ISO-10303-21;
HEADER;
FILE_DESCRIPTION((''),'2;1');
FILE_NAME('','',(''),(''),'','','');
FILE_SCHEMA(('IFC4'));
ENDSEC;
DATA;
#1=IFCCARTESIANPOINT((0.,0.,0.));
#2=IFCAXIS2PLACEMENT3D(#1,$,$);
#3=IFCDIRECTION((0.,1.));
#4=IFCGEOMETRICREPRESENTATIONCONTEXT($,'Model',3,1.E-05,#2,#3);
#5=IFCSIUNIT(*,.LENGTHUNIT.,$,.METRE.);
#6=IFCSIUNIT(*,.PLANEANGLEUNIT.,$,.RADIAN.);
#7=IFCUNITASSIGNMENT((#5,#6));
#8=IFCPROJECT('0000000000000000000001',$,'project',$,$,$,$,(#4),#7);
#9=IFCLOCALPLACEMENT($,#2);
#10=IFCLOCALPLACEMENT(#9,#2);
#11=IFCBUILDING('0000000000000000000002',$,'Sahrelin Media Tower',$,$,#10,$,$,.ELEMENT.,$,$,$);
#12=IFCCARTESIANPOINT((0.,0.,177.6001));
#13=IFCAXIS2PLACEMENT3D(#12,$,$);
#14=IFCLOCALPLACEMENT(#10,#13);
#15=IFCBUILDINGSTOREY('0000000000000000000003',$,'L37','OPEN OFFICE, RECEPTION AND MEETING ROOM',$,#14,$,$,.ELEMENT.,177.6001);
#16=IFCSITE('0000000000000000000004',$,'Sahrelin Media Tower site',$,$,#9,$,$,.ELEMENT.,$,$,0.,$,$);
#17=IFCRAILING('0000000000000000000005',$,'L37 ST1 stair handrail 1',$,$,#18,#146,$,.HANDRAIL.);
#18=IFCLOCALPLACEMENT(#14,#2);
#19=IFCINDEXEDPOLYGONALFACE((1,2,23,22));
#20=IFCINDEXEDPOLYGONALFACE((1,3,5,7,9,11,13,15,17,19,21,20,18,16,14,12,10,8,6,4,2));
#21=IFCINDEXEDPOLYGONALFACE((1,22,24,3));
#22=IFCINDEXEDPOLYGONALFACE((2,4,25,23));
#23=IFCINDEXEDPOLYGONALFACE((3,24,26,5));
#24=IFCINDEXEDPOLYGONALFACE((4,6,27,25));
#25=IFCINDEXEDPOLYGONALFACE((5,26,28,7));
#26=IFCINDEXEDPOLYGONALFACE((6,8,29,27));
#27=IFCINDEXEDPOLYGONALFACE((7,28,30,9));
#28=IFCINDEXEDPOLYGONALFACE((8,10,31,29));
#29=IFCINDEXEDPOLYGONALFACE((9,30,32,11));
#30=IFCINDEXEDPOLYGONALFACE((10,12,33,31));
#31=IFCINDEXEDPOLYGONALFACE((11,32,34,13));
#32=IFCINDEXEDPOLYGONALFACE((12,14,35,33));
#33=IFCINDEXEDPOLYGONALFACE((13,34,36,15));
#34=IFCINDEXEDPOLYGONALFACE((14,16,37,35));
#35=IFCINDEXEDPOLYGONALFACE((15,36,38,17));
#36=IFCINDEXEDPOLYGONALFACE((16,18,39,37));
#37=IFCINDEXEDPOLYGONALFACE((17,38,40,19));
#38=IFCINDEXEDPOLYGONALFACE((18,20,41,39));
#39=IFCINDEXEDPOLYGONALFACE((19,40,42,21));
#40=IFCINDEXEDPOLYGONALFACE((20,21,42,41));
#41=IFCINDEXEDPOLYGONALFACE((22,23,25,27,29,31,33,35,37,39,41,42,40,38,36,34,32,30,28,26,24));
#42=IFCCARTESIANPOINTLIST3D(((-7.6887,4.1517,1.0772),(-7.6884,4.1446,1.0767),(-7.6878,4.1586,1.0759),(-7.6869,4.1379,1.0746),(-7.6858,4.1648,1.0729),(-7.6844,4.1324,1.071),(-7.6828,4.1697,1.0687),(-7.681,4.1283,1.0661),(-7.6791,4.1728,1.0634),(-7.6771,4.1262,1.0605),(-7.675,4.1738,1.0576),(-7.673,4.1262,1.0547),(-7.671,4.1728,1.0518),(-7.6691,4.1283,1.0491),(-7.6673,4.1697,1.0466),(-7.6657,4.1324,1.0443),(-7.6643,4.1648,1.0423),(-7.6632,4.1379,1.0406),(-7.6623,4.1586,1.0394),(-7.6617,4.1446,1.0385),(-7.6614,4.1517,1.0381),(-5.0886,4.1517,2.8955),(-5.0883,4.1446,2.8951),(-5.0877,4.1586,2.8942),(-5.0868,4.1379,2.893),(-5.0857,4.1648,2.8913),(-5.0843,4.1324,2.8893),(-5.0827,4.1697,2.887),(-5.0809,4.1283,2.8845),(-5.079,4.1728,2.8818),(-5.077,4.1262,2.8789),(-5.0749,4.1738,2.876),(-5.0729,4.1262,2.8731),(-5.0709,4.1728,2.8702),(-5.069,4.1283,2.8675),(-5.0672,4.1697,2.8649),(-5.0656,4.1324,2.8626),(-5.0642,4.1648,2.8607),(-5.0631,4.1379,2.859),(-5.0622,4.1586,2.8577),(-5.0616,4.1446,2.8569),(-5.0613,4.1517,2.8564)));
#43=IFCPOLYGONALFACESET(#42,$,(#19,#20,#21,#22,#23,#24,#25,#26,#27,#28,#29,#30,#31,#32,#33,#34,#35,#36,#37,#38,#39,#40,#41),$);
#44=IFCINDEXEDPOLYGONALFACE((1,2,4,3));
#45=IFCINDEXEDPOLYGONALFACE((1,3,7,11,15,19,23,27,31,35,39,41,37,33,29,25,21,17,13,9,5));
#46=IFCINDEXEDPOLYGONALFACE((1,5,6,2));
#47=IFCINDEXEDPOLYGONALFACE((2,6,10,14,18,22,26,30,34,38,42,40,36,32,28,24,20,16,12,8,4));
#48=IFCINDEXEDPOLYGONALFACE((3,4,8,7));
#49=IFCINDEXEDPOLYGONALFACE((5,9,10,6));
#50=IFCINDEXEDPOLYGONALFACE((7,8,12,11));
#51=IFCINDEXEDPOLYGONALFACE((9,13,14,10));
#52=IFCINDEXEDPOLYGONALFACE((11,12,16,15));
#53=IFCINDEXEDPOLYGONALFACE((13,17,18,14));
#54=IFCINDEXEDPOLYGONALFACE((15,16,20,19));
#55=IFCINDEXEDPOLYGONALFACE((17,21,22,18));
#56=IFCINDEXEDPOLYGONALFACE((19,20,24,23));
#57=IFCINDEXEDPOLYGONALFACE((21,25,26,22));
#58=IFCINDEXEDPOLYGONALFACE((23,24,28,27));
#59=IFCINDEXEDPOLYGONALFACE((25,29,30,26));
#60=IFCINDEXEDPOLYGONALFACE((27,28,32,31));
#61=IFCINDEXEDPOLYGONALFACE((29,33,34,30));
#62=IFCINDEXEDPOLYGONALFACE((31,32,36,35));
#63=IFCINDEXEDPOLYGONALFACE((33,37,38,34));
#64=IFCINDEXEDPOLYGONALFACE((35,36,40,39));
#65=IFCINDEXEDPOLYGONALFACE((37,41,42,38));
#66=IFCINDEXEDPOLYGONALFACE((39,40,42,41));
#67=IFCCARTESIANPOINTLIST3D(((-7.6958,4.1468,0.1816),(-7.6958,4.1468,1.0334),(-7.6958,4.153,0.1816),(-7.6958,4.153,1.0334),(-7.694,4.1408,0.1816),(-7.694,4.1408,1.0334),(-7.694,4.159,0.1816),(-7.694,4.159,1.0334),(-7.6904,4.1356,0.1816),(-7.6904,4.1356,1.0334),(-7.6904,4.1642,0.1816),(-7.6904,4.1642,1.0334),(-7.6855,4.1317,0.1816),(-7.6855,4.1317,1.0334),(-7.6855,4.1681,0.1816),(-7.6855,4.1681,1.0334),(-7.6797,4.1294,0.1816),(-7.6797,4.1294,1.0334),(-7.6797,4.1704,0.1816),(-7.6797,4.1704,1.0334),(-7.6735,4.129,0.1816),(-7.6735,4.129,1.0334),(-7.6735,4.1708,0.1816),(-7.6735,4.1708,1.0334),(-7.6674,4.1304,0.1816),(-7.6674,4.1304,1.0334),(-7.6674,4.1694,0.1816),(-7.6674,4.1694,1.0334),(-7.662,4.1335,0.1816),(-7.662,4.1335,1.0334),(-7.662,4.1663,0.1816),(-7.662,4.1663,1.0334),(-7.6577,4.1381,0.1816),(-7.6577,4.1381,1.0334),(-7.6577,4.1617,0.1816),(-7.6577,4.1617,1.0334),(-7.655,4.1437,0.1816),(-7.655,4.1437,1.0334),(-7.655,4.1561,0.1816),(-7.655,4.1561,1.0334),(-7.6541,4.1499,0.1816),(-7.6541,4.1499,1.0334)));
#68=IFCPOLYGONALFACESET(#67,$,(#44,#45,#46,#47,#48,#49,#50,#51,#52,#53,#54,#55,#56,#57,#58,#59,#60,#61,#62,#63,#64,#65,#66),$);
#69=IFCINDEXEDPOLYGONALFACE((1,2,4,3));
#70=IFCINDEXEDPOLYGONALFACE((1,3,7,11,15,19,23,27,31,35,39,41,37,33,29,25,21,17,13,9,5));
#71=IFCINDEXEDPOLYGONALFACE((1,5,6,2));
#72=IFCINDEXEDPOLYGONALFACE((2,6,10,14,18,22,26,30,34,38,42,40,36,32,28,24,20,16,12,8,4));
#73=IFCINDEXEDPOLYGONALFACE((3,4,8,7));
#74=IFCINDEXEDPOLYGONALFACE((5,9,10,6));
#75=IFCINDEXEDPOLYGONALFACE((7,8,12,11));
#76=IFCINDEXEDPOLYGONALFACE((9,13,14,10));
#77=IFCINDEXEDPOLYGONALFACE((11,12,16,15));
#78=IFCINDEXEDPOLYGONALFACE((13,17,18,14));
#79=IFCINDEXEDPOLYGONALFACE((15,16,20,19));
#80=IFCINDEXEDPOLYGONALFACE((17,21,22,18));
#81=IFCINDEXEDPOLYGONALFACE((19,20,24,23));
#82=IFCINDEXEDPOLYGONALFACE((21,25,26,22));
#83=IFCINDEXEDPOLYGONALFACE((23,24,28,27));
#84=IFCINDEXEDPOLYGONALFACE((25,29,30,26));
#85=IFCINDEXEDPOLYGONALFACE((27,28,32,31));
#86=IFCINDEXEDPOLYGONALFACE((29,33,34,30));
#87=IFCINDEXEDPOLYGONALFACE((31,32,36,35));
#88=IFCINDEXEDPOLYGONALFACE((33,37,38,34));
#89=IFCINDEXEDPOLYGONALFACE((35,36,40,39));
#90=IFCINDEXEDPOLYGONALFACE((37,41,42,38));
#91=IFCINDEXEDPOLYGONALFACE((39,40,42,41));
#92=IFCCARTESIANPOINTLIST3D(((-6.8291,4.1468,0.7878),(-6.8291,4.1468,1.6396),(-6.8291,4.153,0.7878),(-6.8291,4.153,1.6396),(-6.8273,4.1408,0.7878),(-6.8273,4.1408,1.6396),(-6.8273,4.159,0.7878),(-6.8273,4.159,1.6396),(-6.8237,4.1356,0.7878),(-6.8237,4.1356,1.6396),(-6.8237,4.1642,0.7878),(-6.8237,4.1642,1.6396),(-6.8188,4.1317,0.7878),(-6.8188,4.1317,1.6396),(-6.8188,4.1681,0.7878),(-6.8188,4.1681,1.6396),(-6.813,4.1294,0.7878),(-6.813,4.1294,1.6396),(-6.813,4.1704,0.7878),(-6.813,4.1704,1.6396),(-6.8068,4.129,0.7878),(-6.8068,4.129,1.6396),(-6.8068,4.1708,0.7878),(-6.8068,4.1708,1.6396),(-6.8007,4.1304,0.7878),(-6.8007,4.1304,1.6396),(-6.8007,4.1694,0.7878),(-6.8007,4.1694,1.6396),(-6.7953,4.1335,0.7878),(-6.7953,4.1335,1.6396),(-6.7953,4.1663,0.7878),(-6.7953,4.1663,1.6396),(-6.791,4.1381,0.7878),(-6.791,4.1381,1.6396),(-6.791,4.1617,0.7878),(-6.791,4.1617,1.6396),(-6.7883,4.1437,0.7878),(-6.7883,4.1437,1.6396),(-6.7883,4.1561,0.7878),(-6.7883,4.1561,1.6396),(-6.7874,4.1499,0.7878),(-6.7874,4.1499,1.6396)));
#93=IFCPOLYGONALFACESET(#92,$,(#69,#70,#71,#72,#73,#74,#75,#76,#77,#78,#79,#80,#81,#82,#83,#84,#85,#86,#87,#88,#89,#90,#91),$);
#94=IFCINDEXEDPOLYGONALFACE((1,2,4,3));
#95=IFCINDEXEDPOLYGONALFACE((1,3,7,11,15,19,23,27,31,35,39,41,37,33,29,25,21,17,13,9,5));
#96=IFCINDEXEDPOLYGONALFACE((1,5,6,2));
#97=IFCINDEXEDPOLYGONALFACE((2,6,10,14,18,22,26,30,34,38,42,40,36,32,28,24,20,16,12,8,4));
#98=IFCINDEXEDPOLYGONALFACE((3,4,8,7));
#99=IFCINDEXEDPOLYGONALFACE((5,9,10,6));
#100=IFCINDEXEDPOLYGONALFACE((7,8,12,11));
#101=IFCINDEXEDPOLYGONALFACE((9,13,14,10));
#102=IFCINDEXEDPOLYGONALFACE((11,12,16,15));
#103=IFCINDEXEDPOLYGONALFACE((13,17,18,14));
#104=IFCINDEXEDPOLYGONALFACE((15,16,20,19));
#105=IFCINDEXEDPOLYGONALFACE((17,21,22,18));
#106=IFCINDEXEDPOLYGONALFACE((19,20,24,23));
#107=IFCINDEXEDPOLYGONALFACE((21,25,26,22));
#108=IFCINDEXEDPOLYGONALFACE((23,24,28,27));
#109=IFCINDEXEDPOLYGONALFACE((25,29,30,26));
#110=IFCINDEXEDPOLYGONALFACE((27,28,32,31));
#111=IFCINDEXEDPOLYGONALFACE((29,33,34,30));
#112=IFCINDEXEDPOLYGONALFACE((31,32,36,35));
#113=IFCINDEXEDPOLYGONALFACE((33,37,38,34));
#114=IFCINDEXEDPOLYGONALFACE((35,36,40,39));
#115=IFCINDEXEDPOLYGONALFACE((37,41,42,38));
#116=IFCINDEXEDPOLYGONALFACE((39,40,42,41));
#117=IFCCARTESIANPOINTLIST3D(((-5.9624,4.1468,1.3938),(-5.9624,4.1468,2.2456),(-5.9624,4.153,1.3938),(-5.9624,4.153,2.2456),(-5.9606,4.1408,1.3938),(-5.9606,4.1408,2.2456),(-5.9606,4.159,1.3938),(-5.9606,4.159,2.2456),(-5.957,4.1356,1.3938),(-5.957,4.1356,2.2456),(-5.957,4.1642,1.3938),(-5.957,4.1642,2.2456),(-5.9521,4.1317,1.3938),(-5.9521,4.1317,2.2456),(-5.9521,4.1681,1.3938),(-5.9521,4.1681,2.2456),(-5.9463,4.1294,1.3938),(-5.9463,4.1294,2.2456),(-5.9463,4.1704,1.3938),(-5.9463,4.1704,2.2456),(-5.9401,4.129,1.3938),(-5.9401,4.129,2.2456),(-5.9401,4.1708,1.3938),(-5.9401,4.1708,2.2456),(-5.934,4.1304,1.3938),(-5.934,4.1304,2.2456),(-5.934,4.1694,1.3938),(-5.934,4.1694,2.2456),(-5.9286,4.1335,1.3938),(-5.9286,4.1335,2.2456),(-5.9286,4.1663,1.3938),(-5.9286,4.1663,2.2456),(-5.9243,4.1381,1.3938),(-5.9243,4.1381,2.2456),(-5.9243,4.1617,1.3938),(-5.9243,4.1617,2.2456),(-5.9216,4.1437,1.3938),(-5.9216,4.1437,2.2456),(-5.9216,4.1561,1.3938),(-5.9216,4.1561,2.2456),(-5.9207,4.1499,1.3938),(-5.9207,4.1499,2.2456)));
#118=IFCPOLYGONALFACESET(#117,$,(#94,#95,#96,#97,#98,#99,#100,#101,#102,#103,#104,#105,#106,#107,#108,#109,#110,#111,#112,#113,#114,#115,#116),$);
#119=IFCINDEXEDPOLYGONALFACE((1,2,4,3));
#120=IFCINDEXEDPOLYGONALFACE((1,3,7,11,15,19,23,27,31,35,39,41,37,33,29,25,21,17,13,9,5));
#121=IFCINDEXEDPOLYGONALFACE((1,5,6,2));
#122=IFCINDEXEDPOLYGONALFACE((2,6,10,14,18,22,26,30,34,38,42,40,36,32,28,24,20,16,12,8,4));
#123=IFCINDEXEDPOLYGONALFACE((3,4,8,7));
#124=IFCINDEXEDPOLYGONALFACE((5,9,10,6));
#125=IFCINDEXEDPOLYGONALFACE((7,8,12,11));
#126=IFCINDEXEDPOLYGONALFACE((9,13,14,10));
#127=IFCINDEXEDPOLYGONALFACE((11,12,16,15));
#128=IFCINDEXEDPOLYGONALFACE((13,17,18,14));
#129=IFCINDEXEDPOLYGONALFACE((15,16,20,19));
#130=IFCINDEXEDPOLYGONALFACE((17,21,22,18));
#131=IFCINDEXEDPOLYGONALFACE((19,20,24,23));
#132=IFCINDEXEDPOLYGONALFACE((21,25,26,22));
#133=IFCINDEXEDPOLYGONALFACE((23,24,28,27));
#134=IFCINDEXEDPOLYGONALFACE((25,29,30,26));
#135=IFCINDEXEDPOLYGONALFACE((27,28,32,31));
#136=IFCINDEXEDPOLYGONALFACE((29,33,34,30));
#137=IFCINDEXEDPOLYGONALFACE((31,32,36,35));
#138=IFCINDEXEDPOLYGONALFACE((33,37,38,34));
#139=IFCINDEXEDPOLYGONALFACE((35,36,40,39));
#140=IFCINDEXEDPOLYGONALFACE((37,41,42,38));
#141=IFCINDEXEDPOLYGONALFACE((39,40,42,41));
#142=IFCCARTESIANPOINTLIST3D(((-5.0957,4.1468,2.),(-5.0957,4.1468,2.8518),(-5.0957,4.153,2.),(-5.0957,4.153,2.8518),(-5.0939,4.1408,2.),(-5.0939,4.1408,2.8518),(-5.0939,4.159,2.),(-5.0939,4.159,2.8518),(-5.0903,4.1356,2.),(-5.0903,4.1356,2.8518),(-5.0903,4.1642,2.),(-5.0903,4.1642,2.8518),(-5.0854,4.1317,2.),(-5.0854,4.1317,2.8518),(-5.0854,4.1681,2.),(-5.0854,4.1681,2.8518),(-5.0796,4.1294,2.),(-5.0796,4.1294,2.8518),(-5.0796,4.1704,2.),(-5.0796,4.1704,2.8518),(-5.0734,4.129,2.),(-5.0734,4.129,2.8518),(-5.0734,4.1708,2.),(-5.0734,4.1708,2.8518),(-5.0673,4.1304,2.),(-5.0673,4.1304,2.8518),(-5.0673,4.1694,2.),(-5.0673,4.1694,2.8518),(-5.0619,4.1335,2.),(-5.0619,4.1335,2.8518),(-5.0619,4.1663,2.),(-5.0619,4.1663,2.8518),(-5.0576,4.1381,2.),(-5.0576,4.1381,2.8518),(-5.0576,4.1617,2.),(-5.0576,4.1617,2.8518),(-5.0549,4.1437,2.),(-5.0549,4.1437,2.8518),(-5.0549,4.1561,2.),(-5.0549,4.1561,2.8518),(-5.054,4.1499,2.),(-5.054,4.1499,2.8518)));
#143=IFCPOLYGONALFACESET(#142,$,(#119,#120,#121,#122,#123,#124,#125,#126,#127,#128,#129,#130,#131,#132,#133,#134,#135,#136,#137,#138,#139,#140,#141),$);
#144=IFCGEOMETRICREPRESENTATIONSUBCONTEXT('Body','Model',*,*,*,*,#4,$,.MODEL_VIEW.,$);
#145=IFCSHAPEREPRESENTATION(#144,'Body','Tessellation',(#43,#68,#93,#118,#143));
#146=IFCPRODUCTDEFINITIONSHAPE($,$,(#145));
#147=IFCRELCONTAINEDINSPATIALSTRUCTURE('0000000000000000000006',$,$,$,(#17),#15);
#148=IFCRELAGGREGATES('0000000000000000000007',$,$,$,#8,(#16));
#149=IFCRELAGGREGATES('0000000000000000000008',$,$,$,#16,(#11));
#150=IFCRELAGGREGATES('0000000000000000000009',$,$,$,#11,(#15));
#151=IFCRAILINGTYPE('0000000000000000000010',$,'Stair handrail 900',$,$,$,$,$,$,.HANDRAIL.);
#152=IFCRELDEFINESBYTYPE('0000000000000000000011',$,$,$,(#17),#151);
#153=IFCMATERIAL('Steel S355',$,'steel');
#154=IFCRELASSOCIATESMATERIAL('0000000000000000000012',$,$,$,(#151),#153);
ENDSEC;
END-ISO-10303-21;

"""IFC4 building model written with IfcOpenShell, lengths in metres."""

from ifc_helpers import new_model, si_unit, direction, frame, origin, origin_2d, place, context, subcontext, project, spatial, circle, extrude, material, type_object, element, save


model = new_model("IFC4")

# Units and contexts
model_context = context("Model", 3, precision=1e-05, world=origin(), true_north=direction((0.0, 1.0)))
body_context = subcontext(model_context, "Body", "Model", "MODEL_VIEW")
ifc_project = project(units=[si_unit("LENGTHUNIT", "METRE"), si_unit("PLANEANGLEUNIT", "RADIAN")], contexts=[model_context])

# Site, building, storey
site_placement = place(None, origin())
site = spatial("IfcSite", under=ifc_project, at=site_placement, Name="Sahrelin Media Tower site", CompositionType="ELEMENT", RefElevation=0.0)
building_placement = place(site_placement, origin())
building = spatial("IfcBuilding", under=site, at=building_placement, Name="Sahrelin Media Tower", CompositionType="ELEMENT")
storey_placement = place(building_placement, frame((0.0, 0.0, 177.6001)))
storey = spatial("IfcBuildingStorey", under=building, at=storey_placement, Name="L37", Description="OPEN OFFICE, RECEPTION AND MEETING ROOM", CompositionType="ELEMENT", Elevation=177.6001)

# Shared definitions
ifc_material_1 = material(Name="Steel S355", Category="steel")

# Railing
railing_type_1 = type_object("IfcRailingType", Name="Stair handrail 900", PredefinedType="HANDRAIL", material=ifc_material_1)
railing_1_placement = place(storey_placement, frame((-7.675, 4.1499, 0.1816)))
element("IfcRailing", 1, at=railing_1_placement, inside=storey, type_object=railing_type_1, Name="L37 ST1 stair handrail 1", PredefinedType="HANDRAIL", context=body_context, shape_type="SweptSolid", body=[
    extrude(circle(Radius=0.0239, at=origin_2d()), frame((0.0, 0.0, 0.876), z_axis=(0.819485, 0.0, 0.573101), x_axis=(0.0, 1.0, 0.0)), (0.0, 0.0, 1.0), 3.1729),
    extrude(circle(Radius=0.021, at=origin_2d()), origin(), (0.0, 0.0, 1.0), 0.8518),
    extrude(circle(Radius=0.021, at=origin_2d()), frame((0.8667, 0.0, 0.6062)), (0.0, 0.0, 1.0), 0.8518),
    extrude(circle(Radius=0.021, at=origin_2d()), frame((1.7334, 0.0, 1.2122)), (0.0, 0.0, 1.0), 0.8518),
    extrude(circle(Radius=0.021, at=origin_2d()), frame((2.6001, 0.0, 1.8184)), (0.0, 0.0, 1.0), 0.8518),
])

save(model, "model.ifc")
